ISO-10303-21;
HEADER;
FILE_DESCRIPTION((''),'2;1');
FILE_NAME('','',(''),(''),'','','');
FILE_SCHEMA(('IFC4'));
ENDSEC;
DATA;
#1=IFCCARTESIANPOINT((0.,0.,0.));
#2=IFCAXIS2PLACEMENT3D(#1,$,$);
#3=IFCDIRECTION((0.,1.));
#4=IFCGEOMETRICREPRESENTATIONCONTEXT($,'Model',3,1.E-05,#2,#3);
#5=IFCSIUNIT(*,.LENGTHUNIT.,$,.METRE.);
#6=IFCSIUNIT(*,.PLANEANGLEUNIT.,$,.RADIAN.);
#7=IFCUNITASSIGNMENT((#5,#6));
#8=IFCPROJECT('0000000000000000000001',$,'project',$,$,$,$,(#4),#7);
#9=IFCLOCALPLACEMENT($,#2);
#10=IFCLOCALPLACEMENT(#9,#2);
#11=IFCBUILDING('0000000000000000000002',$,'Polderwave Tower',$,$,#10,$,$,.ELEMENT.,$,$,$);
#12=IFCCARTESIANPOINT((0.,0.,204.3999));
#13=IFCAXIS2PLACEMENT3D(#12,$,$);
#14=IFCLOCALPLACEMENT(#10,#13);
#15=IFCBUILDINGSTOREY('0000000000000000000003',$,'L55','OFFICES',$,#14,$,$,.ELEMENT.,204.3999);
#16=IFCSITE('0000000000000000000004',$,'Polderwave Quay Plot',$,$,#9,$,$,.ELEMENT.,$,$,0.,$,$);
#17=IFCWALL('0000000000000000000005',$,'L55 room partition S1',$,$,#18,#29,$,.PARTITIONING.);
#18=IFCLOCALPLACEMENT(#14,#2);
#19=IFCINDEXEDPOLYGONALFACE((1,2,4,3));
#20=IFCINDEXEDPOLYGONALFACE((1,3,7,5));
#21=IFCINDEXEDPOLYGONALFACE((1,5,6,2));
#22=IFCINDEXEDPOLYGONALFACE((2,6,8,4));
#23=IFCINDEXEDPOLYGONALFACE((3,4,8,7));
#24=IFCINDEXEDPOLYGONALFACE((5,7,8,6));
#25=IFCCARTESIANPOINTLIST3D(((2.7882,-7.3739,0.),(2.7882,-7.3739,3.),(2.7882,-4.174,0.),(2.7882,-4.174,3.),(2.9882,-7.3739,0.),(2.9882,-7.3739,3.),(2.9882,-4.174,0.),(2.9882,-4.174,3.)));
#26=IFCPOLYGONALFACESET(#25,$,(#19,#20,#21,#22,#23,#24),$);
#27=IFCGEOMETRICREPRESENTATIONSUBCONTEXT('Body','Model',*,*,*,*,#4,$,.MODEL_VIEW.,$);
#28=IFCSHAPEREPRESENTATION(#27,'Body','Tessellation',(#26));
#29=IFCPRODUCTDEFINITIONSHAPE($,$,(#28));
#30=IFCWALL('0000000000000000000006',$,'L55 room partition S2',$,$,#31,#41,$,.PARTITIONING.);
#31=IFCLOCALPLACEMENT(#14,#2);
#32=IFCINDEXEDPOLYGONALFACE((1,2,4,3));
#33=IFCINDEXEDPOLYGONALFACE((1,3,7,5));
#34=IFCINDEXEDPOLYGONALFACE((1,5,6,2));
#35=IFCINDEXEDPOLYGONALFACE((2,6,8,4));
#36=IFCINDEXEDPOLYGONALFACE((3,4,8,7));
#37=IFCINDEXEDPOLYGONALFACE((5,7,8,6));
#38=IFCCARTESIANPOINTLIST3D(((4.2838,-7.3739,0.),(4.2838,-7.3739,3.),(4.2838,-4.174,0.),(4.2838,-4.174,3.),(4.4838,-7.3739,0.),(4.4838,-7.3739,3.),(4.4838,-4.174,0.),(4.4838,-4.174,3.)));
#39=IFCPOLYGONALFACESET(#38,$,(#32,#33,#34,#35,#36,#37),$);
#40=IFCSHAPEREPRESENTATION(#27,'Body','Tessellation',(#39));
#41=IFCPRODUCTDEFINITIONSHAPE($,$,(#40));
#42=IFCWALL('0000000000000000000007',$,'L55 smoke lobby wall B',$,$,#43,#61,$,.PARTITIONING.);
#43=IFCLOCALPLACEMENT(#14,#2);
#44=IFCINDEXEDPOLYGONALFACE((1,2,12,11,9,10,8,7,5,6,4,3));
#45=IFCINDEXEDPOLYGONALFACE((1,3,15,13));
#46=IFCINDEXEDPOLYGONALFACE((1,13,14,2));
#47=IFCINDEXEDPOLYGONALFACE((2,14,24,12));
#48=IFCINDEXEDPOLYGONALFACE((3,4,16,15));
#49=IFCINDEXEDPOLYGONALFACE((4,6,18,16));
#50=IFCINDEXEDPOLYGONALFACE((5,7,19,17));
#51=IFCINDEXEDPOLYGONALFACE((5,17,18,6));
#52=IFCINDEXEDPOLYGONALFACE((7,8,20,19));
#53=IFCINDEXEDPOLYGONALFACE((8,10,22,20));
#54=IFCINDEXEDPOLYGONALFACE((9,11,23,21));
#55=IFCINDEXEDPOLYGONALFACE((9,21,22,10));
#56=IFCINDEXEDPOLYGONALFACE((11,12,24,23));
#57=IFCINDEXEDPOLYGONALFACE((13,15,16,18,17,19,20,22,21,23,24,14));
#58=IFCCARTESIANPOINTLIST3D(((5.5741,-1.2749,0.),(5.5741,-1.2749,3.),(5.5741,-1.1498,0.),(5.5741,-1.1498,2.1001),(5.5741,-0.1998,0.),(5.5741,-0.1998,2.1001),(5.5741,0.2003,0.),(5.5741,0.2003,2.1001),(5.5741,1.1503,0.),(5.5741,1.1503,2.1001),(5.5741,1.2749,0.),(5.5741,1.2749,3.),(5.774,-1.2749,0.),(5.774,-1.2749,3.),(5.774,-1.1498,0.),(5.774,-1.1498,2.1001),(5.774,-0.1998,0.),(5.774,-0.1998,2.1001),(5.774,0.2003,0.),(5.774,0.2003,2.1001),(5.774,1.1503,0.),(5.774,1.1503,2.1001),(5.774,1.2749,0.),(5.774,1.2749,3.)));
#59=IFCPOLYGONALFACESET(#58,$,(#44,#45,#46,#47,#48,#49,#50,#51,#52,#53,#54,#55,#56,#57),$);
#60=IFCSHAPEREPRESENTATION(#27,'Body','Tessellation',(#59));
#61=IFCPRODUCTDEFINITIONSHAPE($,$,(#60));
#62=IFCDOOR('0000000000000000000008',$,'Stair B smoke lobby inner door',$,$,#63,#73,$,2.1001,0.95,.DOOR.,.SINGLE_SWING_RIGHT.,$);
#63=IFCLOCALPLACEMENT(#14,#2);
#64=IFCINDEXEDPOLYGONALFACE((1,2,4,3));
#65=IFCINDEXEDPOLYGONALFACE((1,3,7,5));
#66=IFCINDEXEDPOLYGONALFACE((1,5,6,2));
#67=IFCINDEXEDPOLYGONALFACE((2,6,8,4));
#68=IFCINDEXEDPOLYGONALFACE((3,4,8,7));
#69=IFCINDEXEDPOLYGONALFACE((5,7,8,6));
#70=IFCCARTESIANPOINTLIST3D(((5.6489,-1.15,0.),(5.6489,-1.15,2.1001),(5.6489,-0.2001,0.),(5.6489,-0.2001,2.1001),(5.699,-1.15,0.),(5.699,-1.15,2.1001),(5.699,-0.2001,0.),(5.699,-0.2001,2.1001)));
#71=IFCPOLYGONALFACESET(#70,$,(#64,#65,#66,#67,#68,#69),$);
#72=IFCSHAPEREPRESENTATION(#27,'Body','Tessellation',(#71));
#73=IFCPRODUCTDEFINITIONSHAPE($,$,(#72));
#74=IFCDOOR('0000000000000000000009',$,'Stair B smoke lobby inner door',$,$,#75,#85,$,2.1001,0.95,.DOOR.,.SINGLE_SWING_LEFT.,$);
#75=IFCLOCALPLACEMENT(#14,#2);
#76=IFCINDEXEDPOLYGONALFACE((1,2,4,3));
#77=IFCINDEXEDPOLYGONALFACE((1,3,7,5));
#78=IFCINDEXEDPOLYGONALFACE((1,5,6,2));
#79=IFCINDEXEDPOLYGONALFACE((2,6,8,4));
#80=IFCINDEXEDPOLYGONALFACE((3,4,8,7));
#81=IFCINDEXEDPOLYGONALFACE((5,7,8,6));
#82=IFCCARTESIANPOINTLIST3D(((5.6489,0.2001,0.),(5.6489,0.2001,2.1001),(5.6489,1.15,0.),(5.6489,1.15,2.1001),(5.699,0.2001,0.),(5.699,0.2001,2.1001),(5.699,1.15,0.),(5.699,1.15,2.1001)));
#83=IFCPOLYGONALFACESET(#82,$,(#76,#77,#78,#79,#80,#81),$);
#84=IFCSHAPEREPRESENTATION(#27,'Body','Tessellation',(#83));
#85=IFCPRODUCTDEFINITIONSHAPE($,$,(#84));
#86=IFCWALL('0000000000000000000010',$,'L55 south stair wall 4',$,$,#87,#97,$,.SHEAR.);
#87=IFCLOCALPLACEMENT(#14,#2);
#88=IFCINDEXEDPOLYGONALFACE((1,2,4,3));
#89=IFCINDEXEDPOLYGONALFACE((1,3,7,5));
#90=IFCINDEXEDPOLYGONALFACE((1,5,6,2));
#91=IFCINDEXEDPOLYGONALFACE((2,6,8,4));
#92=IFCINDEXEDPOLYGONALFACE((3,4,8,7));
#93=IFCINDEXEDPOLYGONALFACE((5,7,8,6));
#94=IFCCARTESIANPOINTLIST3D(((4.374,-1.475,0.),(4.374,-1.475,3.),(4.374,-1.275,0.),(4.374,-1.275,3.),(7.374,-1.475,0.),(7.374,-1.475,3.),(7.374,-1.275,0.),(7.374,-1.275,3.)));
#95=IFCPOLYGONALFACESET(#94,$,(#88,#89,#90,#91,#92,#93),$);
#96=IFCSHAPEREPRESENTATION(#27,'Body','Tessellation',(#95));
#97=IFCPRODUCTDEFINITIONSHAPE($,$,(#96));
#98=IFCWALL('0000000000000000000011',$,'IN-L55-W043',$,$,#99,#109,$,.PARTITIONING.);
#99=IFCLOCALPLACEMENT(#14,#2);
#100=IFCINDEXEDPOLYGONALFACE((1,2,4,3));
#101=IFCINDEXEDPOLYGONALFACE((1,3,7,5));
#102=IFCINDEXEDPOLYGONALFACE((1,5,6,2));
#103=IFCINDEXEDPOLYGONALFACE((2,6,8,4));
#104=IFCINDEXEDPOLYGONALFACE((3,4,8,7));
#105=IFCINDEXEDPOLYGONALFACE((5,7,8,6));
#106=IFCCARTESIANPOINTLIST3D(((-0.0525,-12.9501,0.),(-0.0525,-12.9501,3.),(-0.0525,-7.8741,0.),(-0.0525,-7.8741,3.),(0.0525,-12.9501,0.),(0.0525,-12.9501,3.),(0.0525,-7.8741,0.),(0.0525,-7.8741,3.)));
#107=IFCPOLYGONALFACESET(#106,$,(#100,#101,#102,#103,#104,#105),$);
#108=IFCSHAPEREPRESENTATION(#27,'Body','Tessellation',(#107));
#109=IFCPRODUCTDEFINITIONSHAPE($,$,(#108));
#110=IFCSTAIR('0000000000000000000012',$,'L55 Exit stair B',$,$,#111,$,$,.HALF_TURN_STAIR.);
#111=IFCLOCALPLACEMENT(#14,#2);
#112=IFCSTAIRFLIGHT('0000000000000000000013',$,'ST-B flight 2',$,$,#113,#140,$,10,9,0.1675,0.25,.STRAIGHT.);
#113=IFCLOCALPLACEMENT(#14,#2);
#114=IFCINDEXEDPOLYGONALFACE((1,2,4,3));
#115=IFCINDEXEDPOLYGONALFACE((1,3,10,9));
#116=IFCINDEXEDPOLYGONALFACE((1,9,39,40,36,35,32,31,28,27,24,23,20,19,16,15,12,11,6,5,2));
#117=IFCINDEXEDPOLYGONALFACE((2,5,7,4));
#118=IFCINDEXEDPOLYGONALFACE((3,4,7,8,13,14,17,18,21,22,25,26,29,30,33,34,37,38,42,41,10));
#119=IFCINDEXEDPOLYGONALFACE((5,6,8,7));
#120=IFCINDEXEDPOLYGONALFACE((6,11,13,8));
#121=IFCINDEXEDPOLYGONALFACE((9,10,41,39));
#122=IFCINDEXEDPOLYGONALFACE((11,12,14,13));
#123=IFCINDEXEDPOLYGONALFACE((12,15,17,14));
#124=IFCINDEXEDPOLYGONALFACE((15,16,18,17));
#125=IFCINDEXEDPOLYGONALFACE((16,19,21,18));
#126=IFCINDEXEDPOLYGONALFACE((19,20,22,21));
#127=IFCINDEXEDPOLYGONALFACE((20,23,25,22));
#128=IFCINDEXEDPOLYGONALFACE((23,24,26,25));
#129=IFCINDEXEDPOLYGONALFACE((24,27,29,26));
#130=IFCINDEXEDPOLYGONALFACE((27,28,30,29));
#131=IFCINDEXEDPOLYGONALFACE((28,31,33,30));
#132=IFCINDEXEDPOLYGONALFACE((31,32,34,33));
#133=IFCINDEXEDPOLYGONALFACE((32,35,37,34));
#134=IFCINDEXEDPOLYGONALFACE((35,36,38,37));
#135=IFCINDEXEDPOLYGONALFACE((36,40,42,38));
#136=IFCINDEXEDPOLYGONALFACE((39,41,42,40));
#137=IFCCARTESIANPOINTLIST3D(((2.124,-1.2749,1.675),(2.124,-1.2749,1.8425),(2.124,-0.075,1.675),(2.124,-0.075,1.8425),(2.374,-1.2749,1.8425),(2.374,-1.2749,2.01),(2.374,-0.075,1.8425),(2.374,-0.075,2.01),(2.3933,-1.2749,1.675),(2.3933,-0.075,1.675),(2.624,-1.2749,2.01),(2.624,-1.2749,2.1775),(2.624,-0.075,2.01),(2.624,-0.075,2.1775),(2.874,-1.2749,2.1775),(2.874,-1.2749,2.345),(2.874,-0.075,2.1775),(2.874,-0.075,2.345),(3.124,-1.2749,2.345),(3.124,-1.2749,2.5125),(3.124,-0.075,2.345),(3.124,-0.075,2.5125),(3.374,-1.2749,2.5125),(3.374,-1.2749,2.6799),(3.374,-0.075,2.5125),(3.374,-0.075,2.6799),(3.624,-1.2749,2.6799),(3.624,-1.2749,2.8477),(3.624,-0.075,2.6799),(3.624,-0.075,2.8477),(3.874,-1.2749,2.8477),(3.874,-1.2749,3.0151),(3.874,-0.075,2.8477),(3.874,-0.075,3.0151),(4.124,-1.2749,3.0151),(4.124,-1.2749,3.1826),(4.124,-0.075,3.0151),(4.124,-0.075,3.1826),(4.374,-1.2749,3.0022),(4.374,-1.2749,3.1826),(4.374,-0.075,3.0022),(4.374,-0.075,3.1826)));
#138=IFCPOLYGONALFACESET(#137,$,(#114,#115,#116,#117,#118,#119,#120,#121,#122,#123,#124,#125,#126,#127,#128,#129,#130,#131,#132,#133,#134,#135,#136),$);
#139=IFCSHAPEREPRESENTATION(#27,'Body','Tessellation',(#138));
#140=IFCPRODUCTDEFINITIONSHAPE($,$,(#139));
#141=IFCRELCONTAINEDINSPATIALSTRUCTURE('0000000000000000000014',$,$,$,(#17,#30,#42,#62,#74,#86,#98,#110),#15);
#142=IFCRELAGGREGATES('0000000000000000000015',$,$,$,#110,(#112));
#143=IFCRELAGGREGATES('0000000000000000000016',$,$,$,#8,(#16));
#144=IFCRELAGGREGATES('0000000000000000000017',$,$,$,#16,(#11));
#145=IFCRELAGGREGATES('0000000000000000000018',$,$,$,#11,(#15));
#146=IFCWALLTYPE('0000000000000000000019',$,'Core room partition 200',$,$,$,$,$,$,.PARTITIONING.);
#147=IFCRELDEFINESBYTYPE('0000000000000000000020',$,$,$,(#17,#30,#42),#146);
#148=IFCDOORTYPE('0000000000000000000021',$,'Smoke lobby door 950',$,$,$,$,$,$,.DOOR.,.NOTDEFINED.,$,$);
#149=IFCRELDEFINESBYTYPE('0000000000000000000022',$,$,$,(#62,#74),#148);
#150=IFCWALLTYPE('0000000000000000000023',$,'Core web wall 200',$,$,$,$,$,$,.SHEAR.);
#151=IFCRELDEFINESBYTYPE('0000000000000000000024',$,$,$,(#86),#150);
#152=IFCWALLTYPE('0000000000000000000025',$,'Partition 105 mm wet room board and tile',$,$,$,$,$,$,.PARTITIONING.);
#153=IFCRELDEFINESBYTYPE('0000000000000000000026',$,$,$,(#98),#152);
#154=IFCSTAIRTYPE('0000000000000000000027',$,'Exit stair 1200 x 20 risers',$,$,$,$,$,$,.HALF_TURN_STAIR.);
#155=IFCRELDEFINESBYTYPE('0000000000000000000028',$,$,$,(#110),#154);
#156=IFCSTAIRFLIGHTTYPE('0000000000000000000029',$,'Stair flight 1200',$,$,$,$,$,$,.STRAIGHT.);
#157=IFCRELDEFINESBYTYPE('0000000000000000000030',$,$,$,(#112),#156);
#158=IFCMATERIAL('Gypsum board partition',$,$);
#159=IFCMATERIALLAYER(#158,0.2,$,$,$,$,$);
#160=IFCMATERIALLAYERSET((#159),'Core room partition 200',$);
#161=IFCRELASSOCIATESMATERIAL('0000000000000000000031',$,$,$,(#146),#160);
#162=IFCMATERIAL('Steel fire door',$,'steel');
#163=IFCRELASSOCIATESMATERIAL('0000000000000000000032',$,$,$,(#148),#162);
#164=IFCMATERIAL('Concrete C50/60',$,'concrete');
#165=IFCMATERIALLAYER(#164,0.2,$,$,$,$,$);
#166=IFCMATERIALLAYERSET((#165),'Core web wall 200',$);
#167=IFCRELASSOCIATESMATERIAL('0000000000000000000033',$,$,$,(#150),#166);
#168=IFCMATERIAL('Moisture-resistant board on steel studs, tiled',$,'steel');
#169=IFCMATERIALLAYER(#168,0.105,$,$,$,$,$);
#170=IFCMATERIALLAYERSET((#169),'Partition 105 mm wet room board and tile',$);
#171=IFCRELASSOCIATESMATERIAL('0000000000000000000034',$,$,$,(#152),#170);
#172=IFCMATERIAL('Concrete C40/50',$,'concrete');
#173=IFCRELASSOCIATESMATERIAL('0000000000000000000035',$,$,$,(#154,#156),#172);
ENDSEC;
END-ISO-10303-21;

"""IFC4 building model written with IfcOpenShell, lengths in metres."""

from ifc_helpers import new_model, si_unit, direction, frame, frame_2d, origin, place, context, subcontext, project, spatial, polyline, rectangle, outline, extrude, material, layer, layer_set, type_object, element, fill, aggregate, save


model = new_model("IFC4")

# Units and contexts
model_context = context("Model", 3, precision=1e-05, world=origin(), true_north=direction((0.0, 1.0)))
body_context = subcontext(model_context, "Body", "Model", "MODEL_VIEW")
ifc_project = project(units=[si_unit("LENGTHUNIT", "METRE"), si_unit("PLANEANGLEUNIT", "RADIAN")], contexts=[model_context])

# Site, building, storey
site_placement = place(None, origin())
site = spatial("IfcSite", under=ifc_project, at=site_placement, Name="Polderwave Quay Plot", CompositionType="ELEMENT", RefElevation=0.0)
building_placement = place(site_placement, origin())
building = spatial("IfcBuilding", under=site, at=building_placement, Name="Polderwave Tower", CompositionType="ELEMENT")
storey_placement = place(building_placement, frame((0.0, 0.0, 204.3999)))
storey = spatial("IfcBuildingStorey", under=building, at=storey_placement, Name="L55", Description="OFFICES", CompositionType="ELEMENT", Elevation=204.3999)

# Walls
ifc_material_1 = material(Name="Gypsum board partition")
ifc_layer_1 = layer(ifc_material_1, 0.2)
ifc_layer_set_1 = layer_set([ifc_layer_1], Name="Core room partition 200")
wall_type_1 = type_object("IfcWallType", Name="Core room partition 200", PredefinedType="PARTITIONING", material=ifc_layer_set_1)
for number, where, z_axis, x_axis, name in (
    (1, (2.8882, -7.374, 0.0), (0.0, 0.0, 1.0), (0.0, 1.0, 0.0), "L55 room partition S1"),
    (2, (4.3838, -7.374, 0.0), (0.0, 0.0, 1.0), (0.0, 1.0, 0.0), "L55 room partition S2"),
):
    element("IfcWall", number, at=place(storey_placement, frame(where, z_axis=z_axis, x_axis=x_axis)), inside=storey, type_object=wall_type_1, Name=name, PredefinedType="PARTITIONING", context=body_context, shape_type="SweptSolid", body=[
        extrude(rectangle(XDim=3.2, YDim=0.2, at=frame_2d((1.6001, 0.0))), origin(), (0.0, 0.0, 1.0), 3.0),
    ])

# Wall, openings, doors
wall_1_placement = place(storey_placement, frame((5.6741, -1.2749, 0.0), z_axis=(0.0, 0.0, 1.0), x_axis=(0.0, 1.0, 0.0)))
wall_1 = element("IfcWall", 3, at=wall_1_placement, inside=storey, type_object=wall_type_1, Name="L55 smoke lobby wall B", PredefinedType="PARTITIONING", context=body_context, shape_type="SweptSolid", body=[
    extrude(rectangle(XDim=2.5498, YDim=0.2, at=frame_2d((1.2749, 0.0))), origin(), (0.0, 0.0, 1.0), 3.0),
])
opening_1_placement = place(wall_1_placement, frame((0.125, 0.0, 0.0)))
opening_1 = element("IfcOpeningElement", 4, at=opening_1_placement, cuts=wall_1, PredefinedType="OPENING", context=body_context, shape_type="SweptSolid", body=[
    extrude(rectangle(XDim=0.95, YDim=2.1001, at=frame_2d((0.4751, 1.05))), frame((0.0, 0.1099, 0.0), z_axis=(0.0, -1.0, 0.0), x_axis=(1.0, 0.0, 0.0)), (0.0, 0.0, 1.0), 0.22),
])
opening_2_placement = place(wall_1_placement, frame((1.4751, 0.0, 0.0)))
opening_2 = element("IfcOpeningElement", 5, at=opening_2_placement, cuts=wall_1, PredefinedType="OPENING", context=body_context, shape_type="SweptSolid", body=[
    extrude(rectangle(XDim=0.95, YDim=2.1001, at=frame_2d((0.4751, 1.05))), frame((0.0, 0.1099, 0.0), z_axis=(0.0, -1.0, 0.0), x_axis=(1.0, 0.0, 0.0)), (0.0, 0.0, 1.0), 0.22),
])
ifc_material_2 = material(Name="Steel fire door", Category="steel")
door_type = type_object("IfcDoorType", Name="Smoke lobby door 950", OperationType="NOTDEFINED", PredefinedType="DOOR", material=ifc_material_2)
door_1_placement = place(opening_1_placement, frame((0.95, 0.0, 0.0), z_axis=(0.0, 0.0, 1.0), x_axis=(-1.0, 0.0, 0.0)))
door_1 = element("IfcDoor", 6, at=door_1_placement, inside=storey, type_object=door_type, Name="Stair B smoke lobby inner door", OperationType="SINGLE_SWING_RIGHT", OverallHeight=2.1001, OverallWidth=0.95, PredefinedType="DOOR", context=body_context, shape_type="SweptSolid", body=[
    extrude(rectangle(XDim=0.95, YDim=2.1001, at=frame_2d((0.4751, 1.05))), frame((0.0, 0.0249, 0.0), z_axis=(0.0, -1.0, 0.0), x_axis=(1.0, 0.0, 0.0)), (0.0, 0.0, 1.0), 0.05),
])
fill(opening_1, door_1)
door_2_placement = place(opening_2_placement, frame((0.95, 0.0, 0.0), z_axis=(0.0, 0.0, 1.0), x_axis=(-1.0, 0.0, 0.0)))
door_2 = element("IfcDoor", 7, at=door_2_placement, inside=storey, type_object=door_type, Name="Stair B smoke lobby inner door", OperationType="SINGLE_SWING_LEFT", OverallHeight=2.1001, OverallWidth=0.95, PredefinedType="DOOR", context=body_context, shape_type="SweptSolid", body=[
    extrude(rectangle(XDim=0.95, YDim=2.1001, at=frame_2d((0.4751, 1.05))), frame((0.0, 0.0249, 0.0), z_axis=(0.0, -1.0, 0.0), x_axis=(1.0, 0.0, 0.0)), (0.0, 0.0, 1.0), 0.05),
])
fill(opening_2, door_2)

# Walls
ifc_material_3 = material(Name="Concrete C50/60", Category="concrete")
ifc_layer_2 = layer(ifc_material_3, 0.2)
ifc_layer_set_2 = layer_set([ifc_layer_2], Name="Core web wall 200")
wall_type_2 = type_object("IfcWallType", Name="Core web wall 200", PredefinedType="SHEAR", material=ifc_layer_set_2)
wall_2_placement = place(storey_placement, frame((4.374, -1.375, 0.0), z_axis=(0.0, 0.0, 1.0), x_axis=(1.0, 0.0, 0.0)))
element("IfcWall", 8, at=wall_2_placement, inside=storey, type_object=wall_type_2, Name="L55 south stair wall 4", PredefinedType="SHEAR", context=body_context, shape_type="SweptSolid", body=[
    extrude(rectangle(XDim=3.0, YDim=0.2, at=frame_2d((1.5, 0.0))), origin(), (0.0, 0.0, 1.0), 3.0),
])
ifc_material_4 = material(Name="Moisture-resistant board on steel studs, tiled", Category="steel")
ifc_layer_3 = layer(ifc_material_4, 0.105)
ifc_layer_set_3 = layer_set([ifc_layer_3], Name="Partition 105 mm wet room board and tile")
wall_type_3 = type_object("IfcWallType", Name="Partition 105 mm wet room board and tile", PredefinedType="PARTITIONING", material=ifc_layer_set_3)
wall_3_placement = place(storey_placement, frame((0.0, -7.874, 0.0), z_axis=(0.0, 0.0, 1.0), x_axis=(0.0, -1.0, 0.0)))
element("IfcWall", 9, at=wall_3_placement, inside=storey, type_object=wall_type_3, Name="IN-L55-W043", PredefinedType="PARTITIONING", context=body_context, shape_type="SweptSolid", body=[
    extrude(rectangle(XDim=5.0759, YDim=0.105, at=frame_2d((2.5381, 0.0))), origin(), (0.0, 0.0, 1.0), 3.0),
])

# Stair, stair flight
ifc_material_5 = material(Name="Concrete C40/50", Category="concrete")
stair_type = type_object("IfcStairType", Name="Exit stair 1200 x 20 risers", PredefinedType="HALF_TURN_STAIR", material=ifc_material_5)
stair_placement = place(storey_placement, origin())
stair = element("IfcStair", 10, at=stair_placement, inside=storey, type_object=stair_type, Name="L55 Exit stair B", PredefinedType="HALF_TURN_STAIR")
stair_flight_type = type_object("IfcStairFlightType", Name="Stair flight 1200", PredefinedType="STRAIGHT", material=ifc_material_5)
stair_flight_placement = place(storey_placement, frame((2.124, -0.675, 1.675), z_axis=(0.0, 0.0, 1.0), x_axis=(1.0, 0.0, 0.0)))
stair_flight = element("IfcStairFlight", 11, at=stair_flight_placement, type_object=stair_flight_type, Name="ST-B flight 2", NumberOfRisers=10, NumberOfTreads=9, PredefinedType="STRAIGHT", RiserHeight=0.1675, TreadLength=0.25, context=body_context, shape_type="SweptSolid", body=[
    extrude(outline(polyline([(0.0, 0.0), (0.0, 0.1675), (0.25, 0.1675), (0.25, 0.335), (0.5, 0.335), (0.5, 0.5024), (0.75, 0.5024), (0.75, 0.6699), (1.0, 0.6699), (1.0, 0.8374), (1.25, 0.8374), (1.25, 1.0049), (1.5, 1.0049), (1.5, 1.1726), (1.75, 1.1726), (1.75, 1.3401), (2.0, 1.3401), (2.0, 1.5076), (2.25, 1.5076), (2.25, 1.675), (2.25, 1.3271), (0.2693, 0.0), (0.0, 0.0)])), frame((0.0, 0.6001, 0.0), z_axis=(0.0, -1.0, 0.0), x_axis=(1.0, 0.0, 0.0)), (0.0, 0.0, 1.0), 1.2),
])
aggregate(stair, [stair_flight])

save(model, "model.ifc")
